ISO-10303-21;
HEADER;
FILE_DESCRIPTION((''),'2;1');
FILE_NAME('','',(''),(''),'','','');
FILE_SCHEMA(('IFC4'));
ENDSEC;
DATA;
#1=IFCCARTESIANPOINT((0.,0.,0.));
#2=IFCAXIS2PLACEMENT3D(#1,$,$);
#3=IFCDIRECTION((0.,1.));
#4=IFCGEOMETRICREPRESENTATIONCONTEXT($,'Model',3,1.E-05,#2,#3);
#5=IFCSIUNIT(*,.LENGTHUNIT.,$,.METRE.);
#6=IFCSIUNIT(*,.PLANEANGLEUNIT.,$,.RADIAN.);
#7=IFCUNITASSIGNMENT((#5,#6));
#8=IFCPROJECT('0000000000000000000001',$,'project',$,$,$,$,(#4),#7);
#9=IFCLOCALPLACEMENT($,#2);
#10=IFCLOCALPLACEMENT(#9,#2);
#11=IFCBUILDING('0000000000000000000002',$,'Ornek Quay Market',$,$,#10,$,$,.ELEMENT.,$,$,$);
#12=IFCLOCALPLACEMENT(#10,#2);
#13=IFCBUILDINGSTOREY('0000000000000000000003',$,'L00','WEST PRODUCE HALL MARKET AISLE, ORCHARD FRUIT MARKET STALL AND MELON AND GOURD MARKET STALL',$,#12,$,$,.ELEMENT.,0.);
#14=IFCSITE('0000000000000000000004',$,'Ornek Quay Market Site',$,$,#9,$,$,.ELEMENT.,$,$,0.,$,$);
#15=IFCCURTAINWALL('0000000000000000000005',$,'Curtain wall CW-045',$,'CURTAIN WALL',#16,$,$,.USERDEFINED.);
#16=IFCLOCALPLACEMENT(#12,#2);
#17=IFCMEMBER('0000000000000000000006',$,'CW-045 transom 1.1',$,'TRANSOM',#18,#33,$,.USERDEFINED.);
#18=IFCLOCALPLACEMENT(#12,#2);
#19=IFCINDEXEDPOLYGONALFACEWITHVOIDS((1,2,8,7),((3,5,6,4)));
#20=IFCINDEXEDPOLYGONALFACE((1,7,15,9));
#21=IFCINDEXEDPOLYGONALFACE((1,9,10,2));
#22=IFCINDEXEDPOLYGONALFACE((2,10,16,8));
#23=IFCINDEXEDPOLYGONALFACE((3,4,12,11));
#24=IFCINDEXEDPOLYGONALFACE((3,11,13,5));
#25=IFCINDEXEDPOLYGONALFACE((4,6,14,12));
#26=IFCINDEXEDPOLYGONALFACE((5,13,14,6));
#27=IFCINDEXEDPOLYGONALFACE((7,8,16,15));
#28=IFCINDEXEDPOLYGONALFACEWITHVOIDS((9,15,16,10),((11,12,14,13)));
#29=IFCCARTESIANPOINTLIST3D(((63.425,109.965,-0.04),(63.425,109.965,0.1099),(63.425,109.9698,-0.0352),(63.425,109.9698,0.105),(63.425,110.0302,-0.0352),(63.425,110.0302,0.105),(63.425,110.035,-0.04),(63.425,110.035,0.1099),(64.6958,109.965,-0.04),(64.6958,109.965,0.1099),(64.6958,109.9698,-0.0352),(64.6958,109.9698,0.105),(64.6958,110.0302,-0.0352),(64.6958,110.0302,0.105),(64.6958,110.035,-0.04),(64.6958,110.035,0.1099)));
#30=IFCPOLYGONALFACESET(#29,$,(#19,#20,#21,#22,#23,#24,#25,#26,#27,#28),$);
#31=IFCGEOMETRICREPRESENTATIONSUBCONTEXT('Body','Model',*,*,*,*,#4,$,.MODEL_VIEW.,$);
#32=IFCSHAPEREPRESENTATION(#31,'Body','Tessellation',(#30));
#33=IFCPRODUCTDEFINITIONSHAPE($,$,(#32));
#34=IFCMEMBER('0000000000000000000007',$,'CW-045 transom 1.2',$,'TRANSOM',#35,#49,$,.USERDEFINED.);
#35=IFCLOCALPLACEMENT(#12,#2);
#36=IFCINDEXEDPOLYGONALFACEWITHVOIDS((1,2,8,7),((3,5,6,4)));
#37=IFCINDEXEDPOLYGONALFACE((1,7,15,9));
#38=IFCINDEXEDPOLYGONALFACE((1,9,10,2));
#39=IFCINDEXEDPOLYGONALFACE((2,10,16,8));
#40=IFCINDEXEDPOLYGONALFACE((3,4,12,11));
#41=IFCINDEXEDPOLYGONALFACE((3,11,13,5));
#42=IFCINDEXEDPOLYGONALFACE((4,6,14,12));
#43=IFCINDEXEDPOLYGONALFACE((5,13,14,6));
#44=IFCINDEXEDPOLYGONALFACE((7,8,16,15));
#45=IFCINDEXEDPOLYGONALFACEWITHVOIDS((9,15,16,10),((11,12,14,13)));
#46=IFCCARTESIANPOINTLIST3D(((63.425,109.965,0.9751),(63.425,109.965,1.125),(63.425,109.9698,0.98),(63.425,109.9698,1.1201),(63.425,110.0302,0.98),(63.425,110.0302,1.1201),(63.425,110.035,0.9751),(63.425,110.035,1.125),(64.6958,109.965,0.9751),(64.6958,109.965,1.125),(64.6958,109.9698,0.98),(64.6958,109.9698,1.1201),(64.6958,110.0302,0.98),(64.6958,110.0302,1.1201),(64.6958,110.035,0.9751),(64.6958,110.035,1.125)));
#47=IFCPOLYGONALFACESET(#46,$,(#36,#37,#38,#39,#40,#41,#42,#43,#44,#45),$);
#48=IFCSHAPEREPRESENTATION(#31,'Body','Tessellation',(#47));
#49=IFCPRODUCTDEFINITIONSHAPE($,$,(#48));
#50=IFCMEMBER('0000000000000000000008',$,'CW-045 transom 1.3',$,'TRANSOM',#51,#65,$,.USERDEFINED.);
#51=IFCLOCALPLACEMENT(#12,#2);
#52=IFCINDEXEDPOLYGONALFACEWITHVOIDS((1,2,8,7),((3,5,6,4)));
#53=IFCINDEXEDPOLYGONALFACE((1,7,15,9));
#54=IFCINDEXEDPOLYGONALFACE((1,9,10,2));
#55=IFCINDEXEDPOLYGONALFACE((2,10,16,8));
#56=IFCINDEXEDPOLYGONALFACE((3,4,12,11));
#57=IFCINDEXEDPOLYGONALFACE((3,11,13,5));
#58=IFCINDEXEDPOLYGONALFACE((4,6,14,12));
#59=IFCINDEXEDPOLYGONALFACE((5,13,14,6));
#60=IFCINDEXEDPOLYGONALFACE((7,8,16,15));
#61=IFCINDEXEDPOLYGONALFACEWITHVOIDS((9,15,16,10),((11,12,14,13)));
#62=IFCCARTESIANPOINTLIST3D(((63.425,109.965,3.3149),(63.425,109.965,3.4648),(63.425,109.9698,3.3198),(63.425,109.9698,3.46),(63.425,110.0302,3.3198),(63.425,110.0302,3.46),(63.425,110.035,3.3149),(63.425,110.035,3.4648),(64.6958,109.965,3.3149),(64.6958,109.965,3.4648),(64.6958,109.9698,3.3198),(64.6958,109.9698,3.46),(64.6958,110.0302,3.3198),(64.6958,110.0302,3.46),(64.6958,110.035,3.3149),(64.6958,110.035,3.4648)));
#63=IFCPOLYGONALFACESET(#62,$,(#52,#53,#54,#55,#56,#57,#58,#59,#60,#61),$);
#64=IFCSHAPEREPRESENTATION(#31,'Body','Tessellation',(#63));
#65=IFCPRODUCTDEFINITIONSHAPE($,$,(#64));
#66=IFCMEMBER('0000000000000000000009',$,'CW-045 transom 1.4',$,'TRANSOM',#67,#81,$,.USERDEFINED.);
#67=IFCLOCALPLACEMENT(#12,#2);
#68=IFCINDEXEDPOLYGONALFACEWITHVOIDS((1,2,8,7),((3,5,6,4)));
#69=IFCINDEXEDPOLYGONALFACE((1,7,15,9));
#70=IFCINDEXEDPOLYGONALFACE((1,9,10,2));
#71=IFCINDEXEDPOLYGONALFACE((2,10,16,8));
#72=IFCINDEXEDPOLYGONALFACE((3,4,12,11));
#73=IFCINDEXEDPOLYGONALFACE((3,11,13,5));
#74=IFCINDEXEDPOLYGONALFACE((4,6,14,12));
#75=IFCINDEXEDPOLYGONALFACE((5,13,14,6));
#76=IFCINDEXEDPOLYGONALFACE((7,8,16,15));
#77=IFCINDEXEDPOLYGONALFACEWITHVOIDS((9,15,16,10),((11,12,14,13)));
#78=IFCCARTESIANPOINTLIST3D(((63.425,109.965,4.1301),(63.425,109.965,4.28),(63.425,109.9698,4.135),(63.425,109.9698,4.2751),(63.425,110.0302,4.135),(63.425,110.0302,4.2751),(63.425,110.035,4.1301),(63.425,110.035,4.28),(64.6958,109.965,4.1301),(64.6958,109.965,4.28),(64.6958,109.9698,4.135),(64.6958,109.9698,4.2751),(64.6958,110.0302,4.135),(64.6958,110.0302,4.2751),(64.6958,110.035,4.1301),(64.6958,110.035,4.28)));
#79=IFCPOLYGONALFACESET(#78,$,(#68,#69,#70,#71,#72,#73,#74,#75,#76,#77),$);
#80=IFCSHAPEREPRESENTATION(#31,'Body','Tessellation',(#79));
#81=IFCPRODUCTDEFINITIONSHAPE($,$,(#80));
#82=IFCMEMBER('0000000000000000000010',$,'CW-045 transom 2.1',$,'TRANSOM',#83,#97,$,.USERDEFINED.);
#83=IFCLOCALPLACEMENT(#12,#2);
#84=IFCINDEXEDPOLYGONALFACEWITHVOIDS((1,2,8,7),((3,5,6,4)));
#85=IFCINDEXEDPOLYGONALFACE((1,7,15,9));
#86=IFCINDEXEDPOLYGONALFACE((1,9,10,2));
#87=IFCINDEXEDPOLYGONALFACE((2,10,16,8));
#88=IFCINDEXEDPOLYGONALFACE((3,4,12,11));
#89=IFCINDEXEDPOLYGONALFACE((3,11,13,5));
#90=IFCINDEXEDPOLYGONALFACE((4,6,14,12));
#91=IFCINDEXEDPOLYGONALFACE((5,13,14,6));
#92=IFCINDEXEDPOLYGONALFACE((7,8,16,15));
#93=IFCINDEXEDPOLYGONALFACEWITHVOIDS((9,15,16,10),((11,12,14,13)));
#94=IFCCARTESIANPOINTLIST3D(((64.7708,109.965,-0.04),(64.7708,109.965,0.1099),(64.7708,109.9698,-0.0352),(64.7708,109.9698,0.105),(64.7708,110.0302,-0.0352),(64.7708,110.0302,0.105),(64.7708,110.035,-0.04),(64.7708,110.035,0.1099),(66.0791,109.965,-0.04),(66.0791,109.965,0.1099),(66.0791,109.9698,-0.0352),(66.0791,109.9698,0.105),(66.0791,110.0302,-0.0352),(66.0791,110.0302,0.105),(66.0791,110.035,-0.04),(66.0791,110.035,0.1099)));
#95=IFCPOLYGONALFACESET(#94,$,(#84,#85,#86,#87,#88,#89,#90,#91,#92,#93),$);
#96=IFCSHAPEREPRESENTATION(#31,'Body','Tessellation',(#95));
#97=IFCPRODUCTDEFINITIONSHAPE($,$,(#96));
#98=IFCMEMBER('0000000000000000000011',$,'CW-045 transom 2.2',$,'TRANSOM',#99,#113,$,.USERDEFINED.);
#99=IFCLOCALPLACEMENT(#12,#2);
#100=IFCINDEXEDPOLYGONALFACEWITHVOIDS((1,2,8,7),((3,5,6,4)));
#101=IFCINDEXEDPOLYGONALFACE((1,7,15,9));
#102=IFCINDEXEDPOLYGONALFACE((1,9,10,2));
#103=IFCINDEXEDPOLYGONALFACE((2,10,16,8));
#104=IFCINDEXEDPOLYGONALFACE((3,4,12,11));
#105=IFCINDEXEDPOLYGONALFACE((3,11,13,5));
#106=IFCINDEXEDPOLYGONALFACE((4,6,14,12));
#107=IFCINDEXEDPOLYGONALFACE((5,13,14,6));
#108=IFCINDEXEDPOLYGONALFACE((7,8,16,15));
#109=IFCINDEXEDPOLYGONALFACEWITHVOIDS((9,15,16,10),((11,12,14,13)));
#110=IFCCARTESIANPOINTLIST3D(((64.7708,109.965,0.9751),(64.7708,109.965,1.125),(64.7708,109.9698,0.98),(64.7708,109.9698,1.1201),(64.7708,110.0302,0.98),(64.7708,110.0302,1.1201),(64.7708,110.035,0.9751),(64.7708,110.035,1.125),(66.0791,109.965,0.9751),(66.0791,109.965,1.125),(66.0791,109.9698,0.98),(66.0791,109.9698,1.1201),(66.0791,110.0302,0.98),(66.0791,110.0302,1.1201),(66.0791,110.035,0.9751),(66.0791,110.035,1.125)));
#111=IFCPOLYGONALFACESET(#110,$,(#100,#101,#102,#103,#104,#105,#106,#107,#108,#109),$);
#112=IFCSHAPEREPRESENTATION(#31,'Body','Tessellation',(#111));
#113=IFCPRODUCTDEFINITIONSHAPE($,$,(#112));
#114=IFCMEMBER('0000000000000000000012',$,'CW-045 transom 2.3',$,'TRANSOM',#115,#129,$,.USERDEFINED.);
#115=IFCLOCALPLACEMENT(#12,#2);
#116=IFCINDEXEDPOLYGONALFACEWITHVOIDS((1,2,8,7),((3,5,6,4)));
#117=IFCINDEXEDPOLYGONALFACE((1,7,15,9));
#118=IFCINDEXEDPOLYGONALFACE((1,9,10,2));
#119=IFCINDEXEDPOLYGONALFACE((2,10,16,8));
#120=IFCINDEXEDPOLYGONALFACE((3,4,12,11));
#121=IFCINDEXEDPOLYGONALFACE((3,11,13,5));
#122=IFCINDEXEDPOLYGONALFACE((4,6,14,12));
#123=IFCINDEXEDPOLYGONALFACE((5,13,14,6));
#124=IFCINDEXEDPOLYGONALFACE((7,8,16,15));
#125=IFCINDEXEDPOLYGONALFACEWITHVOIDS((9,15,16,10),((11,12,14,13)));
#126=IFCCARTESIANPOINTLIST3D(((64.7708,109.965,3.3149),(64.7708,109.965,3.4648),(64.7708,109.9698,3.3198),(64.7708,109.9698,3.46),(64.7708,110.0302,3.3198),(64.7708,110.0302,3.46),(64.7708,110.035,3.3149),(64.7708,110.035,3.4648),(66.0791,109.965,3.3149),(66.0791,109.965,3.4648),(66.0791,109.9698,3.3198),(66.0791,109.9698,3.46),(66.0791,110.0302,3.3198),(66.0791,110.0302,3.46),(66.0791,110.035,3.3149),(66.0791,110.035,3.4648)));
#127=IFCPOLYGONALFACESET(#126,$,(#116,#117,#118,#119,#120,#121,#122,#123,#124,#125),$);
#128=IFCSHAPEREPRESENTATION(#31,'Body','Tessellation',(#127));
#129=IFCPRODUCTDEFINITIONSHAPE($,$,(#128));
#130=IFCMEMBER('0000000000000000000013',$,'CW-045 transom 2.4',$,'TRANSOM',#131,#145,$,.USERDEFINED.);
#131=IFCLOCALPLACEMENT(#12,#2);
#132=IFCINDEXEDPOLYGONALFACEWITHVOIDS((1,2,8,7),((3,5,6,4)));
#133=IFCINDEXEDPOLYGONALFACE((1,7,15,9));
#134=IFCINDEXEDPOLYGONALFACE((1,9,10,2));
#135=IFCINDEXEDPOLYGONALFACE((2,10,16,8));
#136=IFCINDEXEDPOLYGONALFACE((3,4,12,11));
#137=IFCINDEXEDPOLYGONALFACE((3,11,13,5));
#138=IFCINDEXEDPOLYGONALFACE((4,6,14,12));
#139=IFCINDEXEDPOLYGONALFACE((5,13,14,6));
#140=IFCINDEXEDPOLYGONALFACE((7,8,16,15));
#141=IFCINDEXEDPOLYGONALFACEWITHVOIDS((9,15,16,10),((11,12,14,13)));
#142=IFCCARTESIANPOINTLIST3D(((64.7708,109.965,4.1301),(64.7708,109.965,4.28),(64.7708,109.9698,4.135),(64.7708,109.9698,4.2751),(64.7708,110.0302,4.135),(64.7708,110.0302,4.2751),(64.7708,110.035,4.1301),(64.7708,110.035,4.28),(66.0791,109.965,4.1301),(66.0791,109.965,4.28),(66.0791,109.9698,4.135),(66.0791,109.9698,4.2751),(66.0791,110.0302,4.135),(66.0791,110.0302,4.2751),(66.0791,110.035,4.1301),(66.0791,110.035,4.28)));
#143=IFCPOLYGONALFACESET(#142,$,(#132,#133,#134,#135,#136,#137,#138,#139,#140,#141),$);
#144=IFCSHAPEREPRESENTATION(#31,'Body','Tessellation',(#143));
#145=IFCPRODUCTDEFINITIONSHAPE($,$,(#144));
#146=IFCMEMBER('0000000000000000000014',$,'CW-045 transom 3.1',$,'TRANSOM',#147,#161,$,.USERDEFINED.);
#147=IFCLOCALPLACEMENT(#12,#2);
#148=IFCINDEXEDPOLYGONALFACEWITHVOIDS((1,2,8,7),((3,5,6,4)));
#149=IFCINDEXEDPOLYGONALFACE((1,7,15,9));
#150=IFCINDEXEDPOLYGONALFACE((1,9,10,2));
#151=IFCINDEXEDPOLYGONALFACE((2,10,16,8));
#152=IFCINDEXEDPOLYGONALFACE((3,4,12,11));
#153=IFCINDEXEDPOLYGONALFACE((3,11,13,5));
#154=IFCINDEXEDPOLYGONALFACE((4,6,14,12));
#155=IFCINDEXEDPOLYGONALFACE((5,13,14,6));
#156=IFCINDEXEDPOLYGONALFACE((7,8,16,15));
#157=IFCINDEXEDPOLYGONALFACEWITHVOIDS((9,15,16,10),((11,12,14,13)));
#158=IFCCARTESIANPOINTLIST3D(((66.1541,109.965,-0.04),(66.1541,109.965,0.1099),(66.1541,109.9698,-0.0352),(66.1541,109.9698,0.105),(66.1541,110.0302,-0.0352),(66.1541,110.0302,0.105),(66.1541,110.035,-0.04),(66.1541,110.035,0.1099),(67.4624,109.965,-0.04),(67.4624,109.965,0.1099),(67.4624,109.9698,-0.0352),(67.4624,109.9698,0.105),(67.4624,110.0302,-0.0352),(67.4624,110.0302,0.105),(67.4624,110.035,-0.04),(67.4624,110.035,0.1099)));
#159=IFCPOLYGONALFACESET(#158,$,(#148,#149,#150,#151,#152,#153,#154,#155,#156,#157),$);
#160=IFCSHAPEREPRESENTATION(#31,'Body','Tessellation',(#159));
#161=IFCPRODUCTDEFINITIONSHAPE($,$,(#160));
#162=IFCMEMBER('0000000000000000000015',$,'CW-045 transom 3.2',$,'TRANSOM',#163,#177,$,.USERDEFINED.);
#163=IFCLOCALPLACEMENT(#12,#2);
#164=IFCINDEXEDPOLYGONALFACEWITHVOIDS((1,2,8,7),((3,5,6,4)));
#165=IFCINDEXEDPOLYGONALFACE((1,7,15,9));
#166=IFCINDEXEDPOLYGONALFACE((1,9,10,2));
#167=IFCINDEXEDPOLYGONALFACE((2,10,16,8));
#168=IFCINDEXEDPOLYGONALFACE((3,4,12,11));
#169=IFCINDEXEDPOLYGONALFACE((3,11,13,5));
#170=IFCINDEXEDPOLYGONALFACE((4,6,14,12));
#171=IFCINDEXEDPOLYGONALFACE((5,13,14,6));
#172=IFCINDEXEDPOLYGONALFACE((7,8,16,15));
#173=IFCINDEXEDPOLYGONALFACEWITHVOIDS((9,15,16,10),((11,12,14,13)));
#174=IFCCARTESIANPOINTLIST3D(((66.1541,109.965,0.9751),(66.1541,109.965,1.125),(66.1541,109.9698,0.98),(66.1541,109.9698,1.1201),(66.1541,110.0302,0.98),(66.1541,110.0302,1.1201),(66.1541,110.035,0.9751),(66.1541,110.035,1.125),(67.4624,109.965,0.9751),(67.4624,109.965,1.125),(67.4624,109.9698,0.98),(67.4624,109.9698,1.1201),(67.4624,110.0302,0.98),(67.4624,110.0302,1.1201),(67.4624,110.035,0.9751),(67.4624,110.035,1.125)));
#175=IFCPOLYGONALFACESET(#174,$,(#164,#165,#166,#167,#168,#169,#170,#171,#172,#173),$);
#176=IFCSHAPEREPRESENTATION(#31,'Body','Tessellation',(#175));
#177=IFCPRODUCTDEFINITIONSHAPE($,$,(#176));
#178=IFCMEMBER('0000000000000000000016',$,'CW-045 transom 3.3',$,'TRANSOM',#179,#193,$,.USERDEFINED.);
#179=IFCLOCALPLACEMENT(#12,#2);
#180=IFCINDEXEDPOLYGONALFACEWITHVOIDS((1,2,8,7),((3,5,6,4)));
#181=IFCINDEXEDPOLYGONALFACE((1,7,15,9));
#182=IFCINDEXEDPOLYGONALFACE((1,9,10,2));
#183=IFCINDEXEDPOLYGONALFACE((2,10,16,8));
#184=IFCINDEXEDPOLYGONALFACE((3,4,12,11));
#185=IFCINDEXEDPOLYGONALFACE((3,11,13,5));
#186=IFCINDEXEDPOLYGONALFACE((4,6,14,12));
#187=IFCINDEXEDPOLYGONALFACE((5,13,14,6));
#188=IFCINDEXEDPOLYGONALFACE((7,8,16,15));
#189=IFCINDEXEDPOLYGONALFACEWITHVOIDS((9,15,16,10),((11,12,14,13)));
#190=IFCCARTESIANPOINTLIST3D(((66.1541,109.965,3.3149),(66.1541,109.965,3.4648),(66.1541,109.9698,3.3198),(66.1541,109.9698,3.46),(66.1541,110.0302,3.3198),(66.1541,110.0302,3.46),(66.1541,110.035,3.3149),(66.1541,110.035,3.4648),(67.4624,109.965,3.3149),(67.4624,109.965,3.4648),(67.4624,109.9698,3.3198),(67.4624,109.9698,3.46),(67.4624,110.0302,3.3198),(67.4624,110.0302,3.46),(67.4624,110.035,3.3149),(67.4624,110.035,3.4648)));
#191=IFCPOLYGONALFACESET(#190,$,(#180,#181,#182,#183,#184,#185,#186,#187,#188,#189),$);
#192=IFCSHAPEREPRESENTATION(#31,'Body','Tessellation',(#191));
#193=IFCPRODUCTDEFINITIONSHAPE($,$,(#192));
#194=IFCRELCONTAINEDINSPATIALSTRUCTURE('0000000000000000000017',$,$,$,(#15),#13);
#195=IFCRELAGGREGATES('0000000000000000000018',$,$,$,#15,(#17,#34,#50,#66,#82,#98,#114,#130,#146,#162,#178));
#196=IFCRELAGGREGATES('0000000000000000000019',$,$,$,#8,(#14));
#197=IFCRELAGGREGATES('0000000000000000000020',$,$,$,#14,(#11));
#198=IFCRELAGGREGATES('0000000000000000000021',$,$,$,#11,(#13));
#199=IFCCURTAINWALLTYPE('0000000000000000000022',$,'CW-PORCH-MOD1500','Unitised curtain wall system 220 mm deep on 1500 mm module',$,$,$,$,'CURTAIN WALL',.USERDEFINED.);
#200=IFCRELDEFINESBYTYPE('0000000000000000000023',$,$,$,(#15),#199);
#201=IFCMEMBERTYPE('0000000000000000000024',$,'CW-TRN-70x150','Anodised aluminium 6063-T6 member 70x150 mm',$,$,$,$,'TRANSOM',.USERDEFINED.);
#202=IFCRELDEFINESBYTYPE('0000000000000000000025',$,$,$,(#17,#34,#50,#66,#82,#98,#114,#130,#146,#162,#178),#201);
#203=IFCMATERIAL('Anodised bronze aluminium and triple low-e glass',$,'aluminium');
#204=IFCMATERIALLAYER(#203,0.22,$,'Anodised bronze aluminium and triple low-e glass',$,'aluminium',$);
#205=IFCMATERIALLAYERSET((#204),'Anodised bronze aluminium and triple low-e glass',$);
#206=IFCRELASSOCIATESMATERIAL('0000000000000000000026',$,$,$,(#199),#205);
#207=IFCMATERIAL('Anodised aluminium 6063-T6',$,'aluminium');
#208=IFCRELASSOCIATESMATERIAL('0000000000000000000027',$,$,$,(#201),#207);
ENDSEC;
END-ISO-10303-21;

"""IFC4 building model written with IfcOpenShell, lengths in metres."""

from ifc_helpers import new_model, si_unit, direction, frame, origin, origin_2d, place, context, subcontext, project, spatial, hollow_rectangle, extrude, material, layer, layer_set, material_profile, profile_set, type_object, element, aggregate, save


model = new_model("IFC4")

# Units and contexts
model_context = context("Model", 3, precision=1e-05, world=origin(), true_north=direction((0.0, 1.0)))
body_context = subcontext(model_context, "Body", "Model", "MODEL_VIEW")
ifc_project = project(units=[si_unit("LENGTHUNIT", "METRE"), si_unit("PLANEANGLEUNIT", "RADIAN")], contexts=[model_context])

# Site, building, storey
site_placement = place(None, origin())
site = spatial("IfcSite", under=ifc_project, at=site_placement, Name="Ornek Quay Market Site", CompositionType="ELEMENT", RefElevation=0.0)
building_placement = place(site_placement, origin())
building = spatial("IfcBuilding", under=site, at=building_placement, Name="Ornek Quay Market", CompositionType="ELEMENT")
storey_placement = place(building_placement, origin())
storey = spatial("IfcBuildingStorey", under=building, at=storey_placement, Name="L00", Description="WEST PRODUCE HALL MARKET AISLE, ORCHARD FRUIT MARKET STALL AND MELON AND GOURD MARKET STALL", CompositionType="ELEMENT", Elevation=0.0)

# Curtain wall, members
ifc_material_1 = material(Name="Anodised bronze aluminium and triple low-e glass", Category="aluminium")
ifc_layer_1 = layer(ifc_material_1, 0.22, Name="Anodised bronze aluminium and triple low-e glass", Category="aluminium")
ifc_layer_set_1 = layer_set([ifc_layer_1], Name="Anodised bronze aluminium and triple low-e glass")
curtain_wall_type = type_object("IfcCurtainWallType", Name="CW-PORCH-MOD1500", Description="Unitised curtain wall system 220 mm deep on 1500 mm module", ElementType="CURTAIN WALL", PredefinedType="USERDEFINED", material=ifc_layer_set_1)
curtain_wall_placement = place(storey_placement, origin())
curtain_wall = element("IfcCurtainWall", 1, at=curtain_wall_placement, inside=storey, type_object=curtain_wall_type, Name="Curtain wall CW-045", ObjectType="CURTAIN WALL", PredefinedType="USERDEFINED")
ifc_material_2 = material(Name="Anodised aluminium 6063-T6", Category="aluminium")
ifc_material_profile_1 = material_profile(ifc_material_2, hollow_rectangle(XDim=0.0701, YDim=0.1499, WallThickness=0.0049, at=origin_2d()), Name="CW-TRN-70x150", Category="aluminium")
ifc_profile_set_1 = profile_set([ifc_material_profile_1], Name="Anodised aluminium 6063-T6")
member_type_1 = type_object("IfcMemberType", Name="CW-TRN-70x150", Description="Anodised aluminium 6063-T6 member 70x150 mm", ElementType="TRANSOM", PredefinedType="USERDEFINED", material=ifc_profile_set_1)
member_1_placement = place(storey_placement, frame((63.425, 110.0, 0.0349), z_axis=(1.0, 0.0, 0.0), x_axis=(0.0, 1.0, 0.0)))
member_1 = element("IfcMember", 2, at=member_1_placement, type_object=member_type_1, Name="CW-045 transom 1.1", ObjectType="TRANSOM", PredefinedType="USERDEFINED", context=body_context, shape_type="SweptSolid", body=[
    extrude(hollow_rectangle(XDim=0.0701, YDim=0.1499, WallThickness=0.0049, at=origin_2d()), origin(), (0.0, 0.0, 1.0), 1.2708),
])
member_2_placement = place(storey_placement, frame((63.425, 110.0, 1.05), z_axis=(1.0, 0.0, 0.0), x_axis=(0.0, 1.0, 0.0)))
member_2 = element("IfcMember", 3, at=member_2_placement, type_object=member_type_1, Name="CW-045 transom 1.2", ObjectType="TRANSOM", PredefinedType="USERDEFINED", context=body_context, shape_type="SweptSolid", body=[
    extrude(hollow_rectangle(XDim=0.0701, YDim=0.1499, WallThickness=0.0049, at=origin_2d()), origin(), (0.0, 0.0, 1.0), 1.2708),
])
member_3_placement = place(storey_placement, frame((63.425, 110.0, 3.3899), z_axis=(1.0, 0.0, 0.0), x_axis=(0.0, 1.0, 0.0)))
member_3 = element("IfcMember", 4, at=member_3_placement, type_object=member_type_1, Name="CW-045 transom 1.3", ObjectType="TRANSOM", PredefinedType="USERDEFINED", context=body_context, shape_type="SweptSolid", body=[
    extrude(hollow_rectangle(XDim=0.0701, YDim=0.1499, WallThickness=0.0049, at=origin_2d()), origin(), (0.0, 0.0, 1.0), 1.2708),
])
member_4_placement = place(storey_placement, frame((63.425, 110.0, 4.2051), z_axis=(1.0, 0.0, 0.0), x_axis=(0.0, 1.0, 0.0)))
member_4 = element("IfcMember", 5, at=member_4_placement, type_object=member_type_1, Name="CW-045 transom 1.4", ObjectType="TRANSOM", PredefinedType="USERDEFINED", context=body_context, shape_type="SweptSolid", body=[
    extrude(hollow_rectangle(XDim=0.0701, YDim=0.1499, WallThickness=0.0049, at=origin_2d()), origin(), (0.0, 0.0, 1.0), 1.2708),
])
member_5_placement = place(storey_placement, frame((64.7708, 110.0, 0.0349), z_axis=(1.0, 0.0, 0.0), x_axis=(0.0, 1.0, 0.0)))
member_5 = element("IfcMember", 6, at=member_5_placement, type_object=member_type_1, Name="CW-045 transom 2.1", ObjectType="TRANSOM", PredefinedType="USERDEFINED", context=body_context, shape_type="SweptSolid", body=[
    extrude(hollow_rectangle(XDim=0.0701, YDim=0.1499, WallThickness=0.0049, at=origin_2d()), origin(), (0.0, 0.0, 1.0), 1.3083),
])
member_6_placement = place(storey_placement, frame((64.7708, 110.0, 1.05), z_axis=(1.0, 0.0, 0.0), x_axis=(0.0, 1.0, 0.0)))
member_6 = element("IfcMember", 7, at=member_6_placement, type_object=member_type_1, Name="CW-045 transom 2.2", ObjectType="TRANSOM", PredefinedType="USERDEFINED", context=body_context, shape_type="SweptSolid", body=[
    extrude(hollow_rectangle(XDim=0.0701, YDim=0.1499, WallThickness=0.0049, at=origin_2d()), origin(), (0.0, 0.0, 1.0), 1.3083),
])
member_7_placement = place(storey_placement, frame((64.7708, 110.0, 3.3899), z_axis=(1.0, 0.0, 0.0), x_axis=(0.0, 1.0, 0.0)))
member_7 = element("IfcMember", 8, at=member_7_placement, type_object=member_type_1, Name="CW-045 transom 2.3", ObjectType="TRANSOM", PredefinedType="USERDEFINED", context=body_context, shape_type="SweptSolid", body=[
    extrude(hollow_rectangle(XDim=0.0701, YDim=0.1499, WallThickness=0.0049, at=origin_2d()), origin(), (0.0, 0.0, 1.0), 1.3083),
])
member_8_placement = place(storey_placement, frame((64.7708, 110.0, 4.2051), z_axis=(1.0, 0.0, 0.0), x_axis=(0.0, 1.0, 0.0)))
member_8 = element("IfcMember", 9, at=member_8_placement, type_object=member_type_1, Name="CW-045 transom 2.4", ObjectType="TRANSOM", PredefinedType="USERDEFINED", context=body_context, shape_type="SweptSolid", body=[
    extrude(hollow_rectangle(XDim=0.0701, YDim=0.1499, WallThickness=0.0049, at=origin_2d()), origin(), (0.0, 0.0, 1.0), 1.3083),
])
member_9_placement = place(storey_placement, frame((66.1541, 110.0, 0.0349), z_axis=(1.0, 0.0, 0.0), x_axis=(0.0, 1.0, 0.0)))
member_9 = element("IfcMember", 10, at=member_9_placement, type_object=member_type_1, Name="CW-045 transom 3.1", ObjectType="TRANSOM", PredefinedType="USERDEFINED", context=body_context, shape_type="SweptSolid", body=[
    extrude(hollow_rectangle(XDim=0.0701, YDim=0.1499, WallThickness=0.0049, at=origin_2d()), origin(), (0.0, 0.0, 1.0), 1.3083),
])
member_10_placement = place(storey_placement, frame((66.1541, 110.0, 1.05), z_axis=(1.0, 0.0, 0.0), x_axis=(0.0, 1.0, 0.0)))
member_10 = element("IfcMember", 11, at=member_10_placement, type_object=member_type_1, Name="CW-045 transom 3.2", ObjectType="TRANSOM", PredefinedType="USERDEFINED", context=body_context, shape_type="SweptSolid", body=[
    extrude(hollow_rectangle(XDim=0.0701, YDim=0.1499, WallThickness=0.0049, at=origin_2d()), origin(), (0.0, 0.0, 1.0), 1.3083),
])
member_11_placement = place(storey_placement, frame((66.1541, 110.0, 3.3899), z_axis=(1.0, 0.0, 0.0), x_axis=(0.0, 1.0, 0.0)))
member_11 = element("IfcMember", 12, at=member_11_placement, type_object=member_type_1, Name="CW-045 transom 3.3", ObjectType="TRANSOM", PredefinedType="USERDEFINED", context=body_context, shape_type="SweptSolid", body=[
    extrude(hollow_rectangle(XDim=0.0701, YDim=0.1499, WallThickness=0.0049, at=origin_2d()), origin(), (0.0, 0.0, 1.0), 1.3083),
])
aggregate(curtain_wall, [member_1, member_2, member_3, member_4, member_5, member_6, member_7, member_8, member_9, member_10, member_11])

save(model, "model.ifc")
